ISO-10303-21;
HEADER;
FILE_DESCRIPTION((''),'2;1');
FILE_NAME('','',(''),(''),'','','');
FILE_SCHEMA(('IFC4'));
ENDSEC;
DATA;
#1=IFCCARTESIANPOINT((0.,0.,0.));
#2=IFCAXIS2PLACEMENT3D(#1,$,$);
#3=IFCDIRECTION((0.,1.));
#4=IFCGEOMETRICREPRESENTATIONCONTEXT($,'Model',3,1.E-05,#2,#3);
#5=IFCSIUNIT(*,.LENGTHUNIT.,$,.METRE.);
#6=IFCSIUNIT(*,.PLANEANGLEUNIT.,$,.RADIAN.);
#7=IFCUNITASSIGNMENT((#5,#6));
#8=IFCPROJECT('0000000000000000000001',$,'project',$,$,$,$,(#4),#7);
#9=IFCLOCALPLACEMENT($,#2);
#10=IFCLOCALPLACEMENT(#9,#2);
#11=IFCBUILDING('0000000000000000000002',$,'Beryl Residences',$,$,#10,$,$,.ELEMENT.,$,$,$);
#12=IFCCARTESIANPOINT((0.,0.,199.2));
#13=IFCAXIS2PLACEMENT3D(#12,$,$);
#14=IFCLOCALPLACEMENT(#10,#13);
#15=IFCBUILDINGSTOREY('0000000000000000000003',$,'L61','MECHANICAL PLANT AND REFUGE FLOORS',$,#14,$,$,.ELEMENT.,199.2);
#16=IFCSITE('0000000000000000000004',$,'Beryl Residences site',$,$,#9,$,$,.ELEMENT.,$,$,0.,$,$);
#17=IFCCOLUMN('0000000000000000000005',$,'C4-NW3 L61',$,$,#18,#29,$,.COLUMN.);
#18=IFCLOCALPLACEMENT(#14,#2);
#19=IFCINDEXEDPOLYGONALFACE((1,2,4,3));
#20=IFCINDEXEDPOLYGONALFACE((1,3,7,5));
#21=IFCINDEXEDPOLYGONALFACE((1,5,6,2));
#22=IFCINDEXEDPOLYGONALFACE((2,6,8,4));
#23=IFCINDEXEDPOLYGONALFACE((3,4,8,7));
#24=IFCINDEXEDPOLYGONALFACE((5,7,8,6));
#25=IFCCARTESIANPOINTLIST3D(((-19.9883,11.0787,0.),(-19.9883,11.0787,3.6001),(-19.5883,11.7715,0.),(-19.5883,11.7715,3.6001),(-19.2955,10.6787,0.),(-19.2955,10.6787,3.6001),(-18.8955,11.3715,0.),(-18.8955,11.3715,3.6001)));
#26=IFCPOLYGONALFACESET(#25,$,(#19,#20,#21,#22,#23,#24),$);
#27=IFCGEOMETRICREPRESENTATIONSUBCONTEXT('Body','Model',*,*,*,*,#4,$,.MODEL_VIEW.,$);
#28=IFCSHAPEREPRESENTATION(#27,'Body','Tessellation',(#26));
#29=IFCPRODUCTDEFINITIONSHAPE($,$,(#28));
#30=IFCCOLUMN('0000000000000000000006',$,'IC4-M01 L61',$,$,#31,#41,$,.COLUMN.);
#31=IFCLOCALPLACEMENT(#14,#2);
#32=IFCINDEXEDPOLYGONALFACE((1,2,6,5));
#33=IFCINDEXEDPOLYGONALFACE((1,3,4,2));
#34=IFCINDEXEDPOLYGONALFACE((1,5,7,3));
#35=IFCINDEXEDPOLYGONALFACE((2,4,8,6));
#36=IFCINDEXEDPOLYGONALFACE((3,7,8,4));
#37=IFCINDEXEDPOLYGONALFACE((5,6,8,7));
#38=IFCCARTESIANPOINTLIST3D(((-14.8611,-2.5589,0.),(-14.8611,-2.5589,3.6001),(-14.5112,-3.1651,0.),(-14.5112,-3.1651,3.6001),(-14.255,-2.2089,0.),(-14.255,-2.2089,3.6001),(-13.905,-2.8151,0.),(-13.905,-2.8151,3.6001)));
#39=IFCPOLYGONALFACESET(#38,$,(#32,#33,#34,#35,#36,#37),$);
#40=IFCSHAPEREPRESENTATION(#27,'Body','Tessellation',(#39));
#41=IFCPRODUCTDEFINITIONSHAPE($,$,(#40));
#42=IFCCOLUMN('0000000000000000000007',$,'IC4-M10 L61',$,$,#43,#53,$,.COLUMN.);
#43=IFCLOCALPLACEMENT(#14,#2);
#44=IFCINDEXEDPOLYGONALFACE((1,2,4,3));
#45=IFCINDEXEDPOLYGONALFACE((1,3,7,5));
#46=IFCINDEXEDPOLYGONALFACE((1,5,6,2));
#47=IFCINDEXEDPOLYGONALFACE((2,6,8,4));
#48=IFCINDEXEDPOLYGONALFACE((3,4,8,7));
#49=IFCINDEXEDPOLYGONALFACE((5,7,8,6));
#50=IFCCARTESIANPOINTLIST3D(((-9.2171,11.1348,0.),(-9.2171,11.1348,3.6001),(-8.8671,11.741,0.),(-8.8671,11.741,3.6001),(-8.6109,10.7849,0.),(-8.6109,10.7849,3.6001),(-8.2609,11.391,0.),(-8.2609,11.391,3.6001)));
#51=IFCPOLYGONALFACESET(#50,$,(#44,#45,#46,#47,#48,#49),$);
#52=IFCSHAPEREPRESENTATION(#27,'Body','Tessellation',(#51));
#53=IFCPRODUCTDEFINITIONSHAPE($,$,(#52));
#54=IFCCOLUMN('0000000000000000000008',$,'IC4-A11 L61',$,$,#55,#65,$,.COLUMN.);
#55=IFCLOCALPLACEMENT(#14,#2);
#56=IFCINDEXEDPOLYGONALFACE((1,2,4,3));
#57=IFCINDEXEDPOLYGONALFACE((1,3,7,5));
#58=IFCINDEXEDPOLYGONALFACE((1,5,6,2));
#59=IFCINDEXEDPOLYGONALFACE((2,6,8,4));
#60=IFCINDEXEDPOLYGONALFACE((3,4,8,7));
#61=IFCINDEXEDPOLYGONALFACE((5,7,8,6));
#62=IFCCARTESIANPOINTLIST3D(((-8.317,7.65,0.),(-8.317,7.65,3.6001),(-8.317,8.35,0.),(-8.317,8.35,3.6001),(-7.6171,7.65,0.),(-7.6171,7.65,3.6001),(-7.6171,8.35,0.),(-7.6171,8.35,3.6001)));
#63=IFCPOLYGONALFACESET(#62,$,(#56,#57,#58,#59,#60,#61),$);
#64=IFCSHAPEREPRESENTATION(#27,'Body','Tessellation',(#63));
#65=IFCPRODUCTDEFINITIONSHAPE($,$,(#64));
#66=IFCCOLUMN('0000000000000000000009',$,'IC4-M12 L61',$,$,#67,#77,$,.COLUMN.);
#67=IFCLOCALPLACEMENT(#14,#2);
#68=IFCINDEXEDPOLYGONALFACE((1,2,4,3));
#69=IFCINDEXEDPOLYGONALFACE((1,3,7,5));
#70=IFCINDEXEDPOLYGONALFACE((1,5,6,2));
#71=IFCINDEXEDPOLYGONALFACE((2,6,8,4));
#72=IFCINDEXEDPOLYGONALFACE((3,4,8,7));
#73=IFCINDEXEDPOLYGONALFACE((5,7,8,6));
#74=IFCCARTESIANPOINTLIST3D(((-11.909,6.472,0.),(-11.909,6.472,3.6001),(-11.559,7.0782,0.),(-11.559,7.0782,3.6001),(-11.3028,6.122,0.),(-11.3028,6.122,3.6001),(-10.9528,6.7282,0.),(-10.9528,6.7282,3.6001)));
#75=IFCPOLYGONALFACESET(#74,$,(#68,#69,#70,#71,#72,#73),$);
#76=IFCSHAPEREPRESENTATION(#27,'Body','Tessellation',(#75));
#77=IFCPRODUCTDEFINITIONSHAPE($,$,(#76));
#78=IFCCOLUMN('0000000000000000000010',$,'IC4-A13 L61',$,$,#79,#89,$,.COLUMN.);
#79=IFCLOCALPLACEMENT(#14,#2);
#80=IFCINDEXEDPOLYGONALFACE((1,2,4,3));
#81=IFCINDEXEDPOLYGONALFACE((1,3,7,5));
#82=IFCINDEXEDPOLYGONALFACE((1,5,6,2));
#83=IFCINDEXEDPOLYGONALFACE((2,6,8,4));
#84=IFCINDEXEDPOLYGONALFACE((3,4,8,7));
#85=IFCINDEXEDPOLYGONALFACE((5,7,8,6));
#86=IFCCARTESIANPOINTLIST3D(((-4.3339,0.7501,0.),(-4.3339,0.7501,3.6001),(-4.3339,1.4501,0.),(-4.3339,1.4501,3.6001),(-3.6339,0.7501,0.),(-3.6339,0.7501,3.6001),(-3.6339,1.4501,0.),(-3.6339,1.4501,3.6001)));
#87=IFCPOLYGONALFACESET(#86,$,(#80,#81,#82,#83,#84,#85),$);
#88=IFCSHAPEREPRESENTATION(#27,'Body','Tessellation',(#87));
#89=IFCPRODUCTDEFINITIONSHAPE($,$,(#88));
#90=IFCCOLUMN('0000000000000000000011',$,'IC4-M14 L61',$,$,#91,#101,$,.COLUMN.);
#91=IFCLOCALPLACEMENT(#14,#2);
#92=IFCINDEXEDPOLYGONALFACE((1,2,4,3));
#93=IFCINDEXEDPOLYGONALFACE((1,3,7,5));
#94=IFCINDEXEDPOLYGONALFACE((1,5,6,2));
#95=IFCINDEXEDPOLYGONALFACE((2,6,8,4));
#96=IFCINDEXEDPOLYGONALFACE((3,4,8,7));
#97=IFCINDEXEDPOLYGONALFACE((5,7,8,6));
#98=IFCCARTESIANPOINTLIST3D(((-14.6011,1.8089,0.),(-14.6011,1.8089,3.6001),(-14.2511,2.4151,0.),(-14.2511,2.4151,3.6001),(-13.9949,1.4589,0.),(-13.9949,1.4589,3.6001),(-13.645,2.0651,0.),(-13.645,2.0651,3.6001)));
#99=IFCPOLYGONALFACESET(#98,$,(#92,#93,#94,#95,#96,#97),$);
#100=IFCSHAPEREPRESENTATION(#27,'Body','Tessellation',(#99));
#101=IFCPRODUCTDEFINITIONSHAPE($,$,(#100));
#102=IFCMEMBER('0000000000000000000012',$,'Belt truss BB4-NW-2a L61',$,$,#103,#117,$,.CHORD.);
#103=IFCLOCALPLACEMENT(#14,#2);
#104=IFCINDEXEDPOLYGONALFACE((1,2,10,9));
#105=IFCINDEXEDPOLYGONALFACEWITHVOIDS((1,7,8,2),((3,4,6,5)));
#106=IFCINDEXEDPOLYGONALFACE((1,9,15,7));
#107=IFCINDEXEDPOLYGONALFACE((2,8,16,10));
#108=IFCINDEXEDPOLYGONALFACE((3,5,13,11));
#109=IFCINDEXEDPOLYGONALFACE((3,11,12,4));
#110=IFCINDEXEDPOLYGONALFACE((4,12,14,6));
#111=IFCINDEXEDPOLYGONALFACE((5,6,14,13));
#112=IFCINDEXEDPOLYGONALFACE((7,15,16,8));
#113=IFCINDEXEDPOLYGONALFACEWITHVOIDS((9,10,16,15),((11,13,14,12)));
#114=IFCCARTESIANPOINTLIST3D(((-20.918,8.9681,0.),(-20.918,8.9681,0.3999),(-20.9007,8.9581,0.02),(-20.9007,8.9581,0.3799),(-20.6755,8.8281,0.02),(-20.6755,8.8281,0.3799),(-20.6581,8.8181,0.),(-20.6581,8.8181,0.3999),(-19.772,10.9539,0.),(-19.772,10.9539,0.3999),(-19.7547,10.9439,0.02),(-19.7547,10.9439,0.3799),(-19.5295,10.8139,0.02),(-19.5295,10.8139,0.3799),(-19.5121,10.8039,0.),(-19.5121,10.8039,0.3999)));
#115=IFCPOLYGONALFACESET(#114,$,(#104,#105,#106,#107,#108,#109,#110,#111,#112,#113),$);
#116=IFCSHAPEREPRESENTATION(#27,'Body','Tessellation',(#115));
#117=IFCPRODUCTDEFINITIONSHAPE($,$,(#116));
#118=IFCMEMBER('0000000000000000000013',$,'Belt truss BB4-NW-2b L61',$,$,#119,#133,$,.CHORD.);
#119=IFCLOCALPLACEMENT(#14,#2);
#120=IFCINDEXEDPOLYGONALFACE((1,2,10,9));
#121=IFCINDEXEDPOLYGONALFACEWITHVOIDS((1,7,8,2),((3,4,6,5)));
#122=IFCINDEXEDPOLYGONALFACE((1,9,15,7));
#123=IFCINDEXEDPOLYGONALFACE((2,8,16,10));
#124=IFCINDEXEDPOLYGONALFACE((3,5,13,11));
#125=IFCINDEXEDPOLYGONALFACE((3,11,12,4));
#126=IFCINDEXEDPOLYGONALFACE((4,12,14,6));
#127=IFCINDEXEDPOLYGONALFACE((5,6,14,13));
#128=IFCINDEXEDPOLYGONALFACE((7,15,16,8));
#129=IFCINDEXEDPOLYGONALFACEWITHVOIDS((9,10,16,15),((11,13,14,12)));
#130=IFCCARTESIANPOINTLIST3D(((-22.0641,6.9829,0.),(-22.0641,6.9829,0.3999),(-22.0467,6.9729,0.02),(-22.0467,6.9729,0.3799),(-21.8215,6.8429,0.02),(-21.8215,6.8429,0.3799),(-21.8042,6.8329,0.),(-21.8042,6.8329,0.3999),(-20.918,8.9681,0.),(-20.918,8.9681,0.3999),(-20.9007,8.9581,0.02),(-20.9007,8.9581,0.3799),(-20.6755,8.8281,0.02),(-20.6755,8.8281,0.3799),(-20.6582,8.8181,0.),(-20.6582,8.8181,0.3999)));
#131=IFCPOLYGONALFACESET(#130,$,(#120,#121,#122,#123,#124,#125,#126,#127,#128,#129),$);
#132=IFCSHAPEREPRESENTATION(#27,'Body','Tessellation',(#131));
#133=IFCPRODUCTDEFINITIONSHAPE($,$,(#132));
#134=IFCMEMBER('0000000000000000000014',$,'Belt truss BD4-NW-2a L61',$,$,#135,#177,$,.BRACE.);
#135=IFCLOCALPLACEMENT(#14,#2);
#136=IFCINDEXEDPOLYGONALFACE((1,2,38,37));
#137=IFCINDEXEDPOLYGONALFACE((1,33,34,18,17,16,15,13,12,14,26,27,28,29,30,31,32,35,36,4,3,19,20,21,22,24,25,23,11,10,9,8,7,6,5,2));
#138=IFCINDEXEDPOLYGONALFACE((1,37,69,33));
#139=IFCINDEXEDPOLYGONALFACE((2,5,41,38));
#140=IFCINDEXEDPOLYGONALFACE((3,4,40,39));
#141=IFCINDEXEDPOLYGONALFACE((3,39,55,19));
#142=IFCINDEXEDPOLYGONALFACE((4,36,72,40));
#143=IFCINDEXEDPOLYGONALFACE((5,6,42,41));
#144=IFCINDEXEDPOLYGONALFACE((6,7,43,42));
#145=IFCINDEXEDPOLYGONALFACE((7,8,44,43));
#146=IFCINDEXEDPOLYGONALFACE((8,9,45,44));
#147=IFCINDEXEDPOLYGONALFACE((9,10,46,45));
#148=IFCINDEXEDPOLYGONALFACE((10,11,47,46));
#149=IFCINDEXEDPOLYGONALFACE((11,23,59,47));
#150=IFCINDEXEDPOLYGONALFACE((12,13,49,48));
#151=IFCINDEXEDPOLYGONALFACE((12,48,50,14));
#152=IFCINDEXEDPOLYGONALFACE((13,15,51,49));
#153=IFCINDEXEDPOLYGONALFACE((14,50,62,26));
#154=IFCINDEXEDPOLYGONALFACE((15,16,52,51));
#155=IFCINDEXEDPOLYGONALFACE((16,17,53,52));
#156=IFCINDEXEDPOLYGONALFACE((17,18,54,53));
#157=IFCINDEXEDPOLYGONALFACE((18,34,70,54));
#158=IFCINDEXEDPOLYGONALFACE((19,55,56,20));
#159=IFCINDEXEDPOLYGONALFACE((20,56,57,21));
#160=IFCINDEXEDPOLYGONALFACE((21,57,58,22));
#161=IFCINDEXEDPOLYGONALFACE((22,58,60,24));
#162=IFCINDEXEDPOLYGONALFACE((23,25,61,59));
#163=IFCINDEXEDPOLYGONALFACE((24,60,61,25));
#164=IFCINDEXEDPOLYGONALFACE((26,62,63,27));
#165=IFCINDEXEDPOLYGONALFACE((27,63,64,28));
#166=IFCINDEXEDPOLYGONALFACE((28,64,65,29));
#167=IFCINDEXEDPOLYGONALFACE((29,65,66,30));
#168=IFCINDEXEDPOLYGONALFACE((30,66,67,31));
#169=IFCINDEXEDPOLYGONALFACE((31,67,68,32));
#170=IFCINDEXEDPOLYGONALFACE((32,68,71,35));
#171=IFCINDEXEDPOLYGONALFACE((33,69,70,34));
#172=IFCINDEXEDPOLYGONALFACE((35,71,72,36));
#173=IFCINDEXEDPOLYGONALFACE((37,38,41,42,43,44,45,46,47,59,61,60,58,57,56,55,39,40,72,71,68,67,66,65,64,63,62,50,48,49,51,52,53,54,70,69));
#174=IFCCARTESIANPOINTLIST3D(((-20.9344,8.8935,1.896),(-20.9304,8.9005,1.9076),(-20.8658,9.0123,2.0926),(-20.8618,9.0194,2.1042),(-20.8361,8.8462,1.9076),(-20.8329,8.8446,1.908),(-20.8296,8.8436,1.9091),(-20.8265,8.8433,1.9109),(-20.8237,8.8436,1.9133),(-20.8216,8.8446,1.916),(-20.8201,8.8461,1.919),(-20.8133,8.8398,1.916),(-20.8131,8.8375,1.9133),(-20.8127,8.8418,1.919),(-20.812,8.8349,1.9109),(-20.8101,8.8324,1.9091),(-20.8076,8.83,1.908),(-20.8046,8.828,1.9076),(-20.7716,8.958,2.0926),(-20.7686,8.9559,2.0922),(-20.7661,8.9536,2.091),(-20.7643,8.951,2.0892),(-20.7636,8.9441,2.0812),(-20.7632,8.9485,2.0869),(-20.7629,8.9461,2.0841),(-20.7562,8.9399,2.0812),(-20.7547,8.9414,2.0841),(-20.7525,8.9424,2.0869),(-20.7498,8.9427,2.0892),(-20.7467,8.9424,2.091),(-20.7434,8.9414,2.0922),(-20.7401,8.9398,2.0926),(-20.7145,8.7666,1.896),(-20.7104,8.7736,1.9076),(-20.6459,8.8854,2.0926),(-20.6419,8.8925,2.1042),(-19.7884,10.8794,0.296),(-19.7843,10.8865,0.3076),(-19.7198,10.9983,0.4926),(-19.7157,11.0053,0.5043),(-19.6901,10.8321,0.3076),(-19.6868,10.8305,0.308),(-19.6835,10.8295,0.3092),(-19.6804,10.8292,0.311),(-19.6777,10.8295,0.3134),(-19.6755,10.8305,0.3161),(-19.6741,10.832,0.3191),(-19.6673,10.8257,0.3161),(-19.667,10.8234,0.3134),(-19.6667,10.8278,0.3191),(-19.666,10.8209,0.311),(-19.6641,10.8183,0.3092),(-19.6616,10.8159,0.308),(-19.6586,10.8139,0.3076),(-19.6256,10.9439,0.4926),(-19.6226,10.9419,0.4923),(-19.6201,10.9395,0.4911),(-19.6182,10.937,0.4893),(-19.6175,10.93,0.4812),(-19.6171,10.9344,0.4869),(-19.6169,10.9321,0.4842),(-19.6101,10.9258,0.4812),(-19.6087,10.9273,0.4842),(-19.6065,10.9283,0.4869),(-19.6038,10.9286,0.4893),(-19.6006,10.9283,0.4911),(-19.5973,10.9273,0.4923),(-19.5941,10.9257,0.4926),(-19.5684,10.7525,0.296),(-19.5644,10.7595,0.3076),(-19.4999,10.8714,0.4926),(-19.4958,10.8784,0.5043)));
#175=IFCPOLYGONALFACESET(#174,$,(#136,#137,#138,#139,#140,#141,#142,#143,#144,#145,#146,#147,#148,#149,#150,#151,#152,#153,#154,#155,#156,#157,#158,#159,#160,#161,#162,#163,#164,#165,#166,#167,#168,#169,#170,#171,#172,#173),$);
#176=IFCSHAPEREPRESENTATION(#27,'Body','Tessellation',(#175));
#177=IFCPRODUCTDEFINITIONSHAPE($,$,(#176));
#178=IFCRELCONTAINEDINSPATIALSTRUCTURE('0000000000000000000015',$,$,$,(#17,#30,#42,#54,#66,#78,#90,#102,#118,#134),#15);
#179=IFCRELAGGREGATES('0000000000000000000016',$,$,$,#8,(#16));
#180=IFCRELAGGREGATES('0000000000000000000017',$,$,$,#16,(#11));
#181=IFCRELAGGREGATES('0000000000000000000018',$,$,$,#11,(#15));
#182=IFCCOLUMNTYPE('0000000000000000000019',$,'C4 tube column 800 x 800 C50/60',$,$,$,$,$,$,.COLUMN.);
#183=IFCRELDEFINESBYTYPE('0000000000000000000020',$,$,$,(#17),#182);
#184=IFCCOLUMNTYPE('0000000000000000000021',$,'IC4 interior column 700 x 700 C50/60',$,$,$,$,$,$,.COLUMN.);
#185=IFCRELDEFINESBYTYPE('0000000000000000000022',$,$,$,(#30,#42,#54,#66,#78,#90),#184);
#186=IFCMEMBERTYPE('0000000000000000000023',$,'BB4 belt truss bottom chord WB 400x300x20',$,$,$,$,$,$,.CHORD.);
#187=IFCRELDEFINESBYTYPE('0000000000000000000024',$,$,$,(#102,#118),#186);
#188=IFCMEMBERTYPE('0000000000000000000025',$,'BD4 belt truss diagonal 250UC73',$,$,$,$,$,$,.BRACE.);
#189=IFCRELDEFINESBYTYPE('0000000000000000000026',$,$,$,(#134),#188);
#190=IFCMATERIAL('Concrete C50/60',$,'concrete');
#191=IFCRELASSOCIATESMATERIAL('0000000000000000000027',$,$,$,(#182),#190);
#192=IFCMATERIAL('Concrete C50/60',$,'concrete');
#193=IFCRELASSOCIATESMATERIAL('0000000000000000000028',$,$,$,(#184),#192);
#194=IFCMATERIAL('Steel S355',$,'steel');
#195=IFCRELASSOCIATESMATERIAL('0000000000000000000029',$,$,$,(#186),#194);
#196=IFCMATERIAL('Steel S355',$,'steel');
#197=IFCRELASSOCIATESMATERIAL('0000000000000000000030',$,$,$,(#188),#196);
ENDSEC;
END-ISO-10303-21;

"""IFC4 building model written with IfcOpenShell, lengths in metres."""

from ifc_helpers import new_model, si_unit, direction, frame, origin, origin_2d, place, context, subcontext, project, spatial, rectangle, hollow_rectangle, i_section, extrude, material, material_profile, profile_set, type_object, element, save


model = new_model("IFC4")

# Units and contexts
model_context = context("Model", 3, precision=1e-05, world=origin(), true_north=direction((0.0, 1.0)))
body_context = subcontext(model_context, "Body", "Model", "MODEL_VIEW")
ifc_project = project(units=[si_unit("LENGTHUNIT", "METRE"), si_unit("PLANEANGLEUNIT", "RADIAN")], contexts=[model_context])

# Site, building, storey
site_placement = place(None, origin())
site = spatial("IfcSite", under=ifc_project, at=site_placement, Name="Beryl Residences site", CompositionType="ELEMENT", RefElevation=0.0)
building_placement = place(site_placement, origin())
building = spatial("IfcBuilding", under=site, at=building_placement, Name="Beryl Residences", CompositionType="ELEMENT")
storey_placement = place(building_placement, frame((0.0, 0.0, 199.2)))
storey = spatial("IfcBuildingStorey", under=building, at=storey_placement, Name="L61", Description="MECHANICAL PLANT AND REFUGE FLOORS", CompositionType="ELEMENT", Elevation=199.2)

# Columns
ifc_material_1 = material(Name="Concrete C50/60", Category="concrete")
ifc_material_profile_1 = material_profile(ifc_material_1, rectangle(XDim=0.8, YDim=0.8, at=origin_2d()))
ifc_profile_set_1 = profile_set([ifc_material_profile_1], Name="Concrete C50/60")
column_type_1 = type_object("IfcColumnType", Name="C4 tube column 800 x 800 C50/60", PredefinedType="COLUMN", material=ifc_profile_set_1)
column_placement = place(storey_placement, frame((-19.4419, 11.2251, 0.0), z_axis=(0.0, 0.0, 1.0), x_axis=(-0.5, -0.866025, 0.0)))
element("IfcColumn", 1, at=column_placement, inside=storey, type_object=column_type_1, Name="C4-NW3 L61", PredefinedType="COLUMN", context=body_context, shape_type="SweptSolid", body=[
    extrude(rectangle(XDim=0.8, YDim=0.8, at=origin_2d()), origin(), (0.0, 0.0, 1.0), 3.6001),
])
ifc_material_2 = material(Name="Concrete C50/60", Category="concrete")
ifc_material_profile_2 = material_profile(ifc_material_2, rectangle(XDim=0.7, YDim=0.7, at=origin_2d()))
ifc_profile_set_2 = profile_set([ifc_material_profile_2], Name="Concrete C50/60")
column_type_2 = type_object("IfcColumnType", Name="IC4 interior column 700 x 700 C50/60", PredefinedType="COLUMN", material=ifc_profile_set_2)
for number, where, z_axis, x_axis, name in (
    (2, (-14.3831, -2.687, 0.0), (0.0, 0.0, 1.0), (0.5, -0.866025, 0.0), "IC4-M01 L61"),
    (3, (-8.739, 11.2629, 0.0), (0.0, 0.0, 1.0), (-0.5, -0.866025, 0.0), "IC4-M10 L61"),
    (4, (-7.967, 8.0, 0.0), (0.0, 0.0, 1.0), (1.0, 0.0, 0.0), "IC4-A11 L61"),
    (5, (-11.4309, 6.6001, 0.0), (0.0, 0.0, 1.0), (-0.5, -0.866025, 0.0), "IC4-M12 L61"),
    (6, (-3.9839, 1.1001, 0.0), (0.0, 0.0, 1.0), (1.0, 0.0, 0.0), "IC4-A13 L61"),
    (7, (-14.123, 1.937, 0.0), (0.0, 0.0, 1.0), (-0.5, -0.866025, 0.0), "IC4-M14 L61"),
):
    element("IfcColumn", number, at=place(storey_placement, frame(where, z_axis=z_axis, x_axis=x_axis)), inside=storey, type_object=column_type_2, Name=name, PredefinedType="COLUMN", context=body_context, shape_type="SweptSolid", body=[
        extrude(rectangle(XDim=0.7, YDim=0.7, at=origin_2d()), origin(), (0.0, 0.0, 1.0), 3.6001),
    ])

# Members
ifc_material_3 = material(Name="Steel S355", Category="steel")
ifc_material_profile_3 = material_profile(ifc_material_3, hollow_rectangle(XDim=0.3, YDim=0.3999, WallThickness=0.02, at=origin_2d()))
ifc_profile_set_3 = profile_set([ifc_material_profile_3], Name="Steel S355")
member_type_1 = type_object("IfcMemberType", Name="BB4 belt truss bottom chord WB 400x300x20", PredefinedType="CHORD", material=ifc_profile_set_3)
member_1_placement = place(storey_placement, frame((-19.6421, 10.8789, 0.2), z_axis=(-0.499827, -0.866125, 0.0), x_axis=(0.866125, -0.499827, 0.0)))
element("IfcMember", 8, at=member_1_placement, inside=storey, type_object=member_type_1, Name="Belt truss BB4-NW-2a L61", PredefinedType="CHORD", context=body_context, shape_type="SweptSolid", body=[
    extrude(hollow_rectangle(XDim=0.3, YDim=0.3999, WallThickness=0.02, at=origin_2d()), origin(), (0.0, 0.0, 1.0), 2.2927),
])
member_2_placement = place(storey_placement, frame((-20.7881, 8.8931, 0.2), z_axis=(-0.499965, -0.866045, 0.0), x_axis=(0.866045, -0.499965, 0.0)))
element("IfcMember", 9, at=member_2_placement, inside=storey, type_object=member_type_1, Name="Belt truss BB4-NW-2b L61", PredefinedType="CHORD", context=body_context, shape_type="SweptSolid", body=[
    extrude(hollow_rectangle(XDim=0.3, YDim=0.3999, WallThickness=0.02, at=origin_2d()), origin(), (0.0, 0.0, 1.0), 2.2922),
])
ifc_material_4 = material(Name="Steel S355", Category="steel")
ifc_material_profile_4 = material_profile(ifc_material_4, i_section(OverallWidth=0.2539, OverallDepth=0.2539, WebThickness=0.0085, FlangeThickness=0.0142, FilletRadius=0.0139, at=origin_2d()))
ifc_profile_set_4 = profile_set([ifc_material_profile_4], Name="Steel S355")
member_type_2 = type_object("IfcMemberType", Name="BD4 belt truss diagonal 250UC73", PredefinedType="BRACE", material=ifc_profile_set_4)
member_3_placement = place(storey_placement, frame((-19.6421, 10.8789, 0.4001), z_axis=(-0.409902, -0.710298, 0.572238), x_axis=(0.866125, -0.499827, 0.0)))
element("IfcMember", 10, at=member_3_placement, inside=storey, type_object=member_type_2, Name="Belt truss BD4-NW-2a L61", PredefinedType="BRACE", context=body_context, shape_type="SweptSolid", body=[
    extrude(i_section(OverallWidth=0.2539, OverallDepth=0.2539, WebThickness=0.0085, FlangeThickness=0.0142, FilletRadius=0.0139, at=origin_2d()), origin(), (0.0, 0.0, 1.0), 2.7959),
])

save(model, "model.ifc")
